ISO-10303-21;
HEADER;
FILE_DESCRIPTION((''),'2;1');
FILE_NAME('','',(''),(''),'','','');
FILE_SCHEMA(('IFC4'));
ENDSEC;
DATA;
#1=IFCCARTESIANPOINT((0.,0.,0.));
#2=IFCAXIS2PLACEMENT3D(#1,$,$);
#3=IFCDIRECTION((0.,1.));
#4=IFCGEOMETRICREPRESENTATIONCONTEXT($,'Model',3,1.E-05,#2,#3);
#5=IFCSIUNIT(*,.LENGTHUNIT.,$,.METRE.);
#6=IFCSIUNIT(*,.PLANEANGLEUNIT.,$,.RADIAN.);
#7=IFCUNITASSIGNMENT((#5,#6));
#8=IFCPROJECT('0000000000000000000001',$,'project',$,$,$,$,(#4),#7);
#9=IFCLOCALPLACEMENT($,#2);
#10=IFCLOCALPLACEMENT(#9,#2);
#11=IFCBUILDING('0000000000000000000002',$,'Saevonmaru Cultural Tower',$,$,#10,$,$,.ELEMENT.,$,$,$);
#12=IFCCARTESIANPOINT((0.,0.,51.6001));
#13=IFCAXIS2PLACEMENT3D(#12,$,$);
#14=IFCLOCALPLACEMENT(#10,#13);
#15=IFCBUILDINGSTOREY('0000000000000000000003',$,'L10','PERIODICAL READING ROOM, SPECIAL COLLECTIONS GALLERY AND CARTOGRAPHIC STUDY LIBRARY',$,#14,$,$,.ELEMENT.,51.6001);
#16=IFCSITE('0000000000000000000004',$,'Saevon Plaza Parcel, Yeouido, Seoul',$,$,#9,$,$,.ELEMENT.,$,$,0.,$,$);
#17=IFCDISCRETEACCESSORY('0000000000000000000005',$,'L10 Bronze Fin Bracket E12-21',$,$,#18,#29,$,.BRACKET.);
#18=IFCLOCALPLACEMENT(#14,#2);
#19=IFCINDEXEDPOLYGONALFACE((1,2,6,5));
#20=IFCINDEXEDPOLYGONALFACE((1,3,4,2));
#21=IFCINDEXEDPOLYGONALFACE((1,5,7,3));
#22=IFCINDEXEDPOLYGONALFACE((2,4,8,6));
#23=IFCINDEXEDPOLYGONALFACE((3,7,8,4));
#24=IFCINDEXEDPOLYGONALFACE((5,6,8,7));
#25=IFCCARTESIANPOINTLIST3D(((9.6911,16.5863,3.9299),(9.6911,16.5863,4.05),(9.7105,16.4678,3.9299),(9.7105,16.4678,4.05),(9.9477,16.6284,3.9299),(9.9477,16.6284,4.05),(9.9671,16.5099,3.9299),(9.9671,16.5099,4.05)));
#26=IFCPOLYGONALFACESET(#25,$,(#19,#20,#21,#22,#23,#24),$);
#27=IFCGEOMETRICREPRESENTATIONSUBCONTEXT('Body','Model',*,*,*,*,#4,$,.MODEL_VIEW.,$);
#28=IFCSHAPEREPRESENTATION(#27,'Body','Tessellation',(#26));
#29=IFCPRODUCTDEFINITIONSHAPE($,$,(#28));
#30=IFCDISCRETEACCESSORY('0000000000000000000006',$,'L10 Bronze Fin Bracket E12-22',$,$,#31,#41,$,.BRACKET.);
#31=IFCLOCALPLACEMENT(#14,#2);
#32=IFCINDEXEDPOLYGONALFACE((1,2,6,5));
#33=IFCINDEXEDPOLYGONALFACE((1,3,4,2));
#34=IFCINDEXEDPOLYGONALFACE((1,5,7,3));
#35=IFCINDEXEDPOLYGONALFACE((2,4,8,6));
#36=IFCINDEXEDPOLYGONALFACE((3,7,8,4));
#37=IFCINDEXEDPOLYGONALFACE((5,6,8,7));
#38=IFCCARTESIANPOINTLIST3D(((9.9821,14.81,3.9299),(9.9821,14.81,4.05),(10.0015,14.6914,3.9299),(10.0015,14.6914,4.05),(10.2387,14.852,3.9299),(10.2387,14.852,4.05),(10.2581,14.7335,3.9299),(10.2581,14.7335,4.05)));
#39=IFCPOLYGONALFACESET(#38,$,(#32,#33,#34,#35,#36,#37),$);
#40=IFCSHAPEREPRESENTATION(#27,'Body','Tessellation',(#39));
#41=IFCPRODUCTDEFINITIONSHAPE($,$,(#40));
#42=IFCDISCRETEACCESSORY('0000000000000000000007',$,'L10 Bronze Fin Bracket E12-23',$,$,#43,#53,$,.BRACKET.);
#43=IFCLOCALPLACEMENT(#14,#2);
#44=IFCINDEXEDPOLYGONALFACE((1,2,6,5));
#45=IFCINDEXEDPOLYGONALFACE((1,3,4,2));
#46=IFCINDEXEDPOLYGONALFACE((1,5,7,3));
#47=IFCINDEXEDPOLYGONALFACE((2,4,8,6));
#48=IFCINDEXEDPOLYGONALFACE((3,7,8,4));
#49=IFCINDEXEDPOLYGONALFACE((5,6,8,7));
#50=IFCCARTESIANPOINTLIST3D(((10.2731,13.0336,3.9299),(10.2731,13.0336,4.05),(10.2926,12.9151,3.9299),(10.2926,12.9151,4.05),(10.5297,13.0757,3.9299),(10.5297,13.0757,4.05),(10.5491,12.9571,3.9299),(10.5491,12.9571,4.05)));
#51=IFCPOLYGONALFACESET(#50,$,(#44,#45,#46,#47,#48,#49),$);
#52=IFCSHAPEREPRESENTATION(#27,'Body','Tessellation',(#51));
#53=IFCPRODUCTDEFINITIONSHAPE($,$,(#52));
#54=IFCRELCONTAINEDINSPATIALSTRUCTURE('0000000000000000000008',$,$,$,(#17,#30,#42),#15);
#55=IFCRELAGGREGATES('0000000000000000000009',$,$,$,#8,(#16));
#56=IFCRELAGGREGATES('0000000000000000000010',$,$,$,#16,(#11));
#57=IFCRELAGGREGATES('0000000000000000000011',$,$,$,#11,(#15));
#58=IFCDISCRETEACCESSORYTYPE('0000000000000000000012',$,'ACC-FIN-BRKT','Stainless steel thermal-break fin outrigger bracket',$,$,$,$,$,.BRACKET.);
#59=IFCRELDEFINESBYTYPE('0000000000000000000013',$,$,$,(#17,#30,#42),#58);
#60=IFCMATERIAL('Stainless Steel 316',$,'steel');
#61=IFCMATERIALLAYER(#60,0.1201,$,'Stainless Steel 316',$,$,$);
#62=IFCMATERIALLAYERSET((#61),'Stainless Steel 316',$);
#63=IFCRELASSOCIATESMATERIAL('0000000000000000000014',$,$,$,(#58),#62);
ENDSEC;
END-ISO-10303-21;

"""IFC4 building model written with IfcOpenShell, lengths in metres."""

from ifc_helpers import new_model, si_unit, direction, frame, origin, origin_2d, place, context, subcontext, project, spatial, rectangle, extrude, material, layer, layer_set, type_object, element, save


model = new_model("IFC4")

# Units and contexts
model_context = context("Model", 3, precision=1e-05, world=origin(), true_north=direction((0.0, 1.0)))
body_context = subcontext(model_context, "Body", "Model", "MODEL_VIEW")
ifc_project = project(units=[si_unit("LENGTHUNIT", "METRE"), si_unit("PLANEANGLEUNIT", "RADIAN")], contexts=[model_context])

# Site, building, storey
site_placement = place(None, origin())
site = spatial("IfcSite", under=ifc_project, at=site_placement, Name="Saevon Plaza Parcel, Yeouido, Seoul", CompositionType="ELEMENT", RefElevation=0.0)
building_placement = place(site_placement, origin())
building = spatial("IfcBuilding", under=site, at=building_placement, Name="Saevonmaru Cultural Tower", CompositionType="ELEMENT")
storey_placement = place(building_placement, frame((0.0, 0.0, 51.6001)))
storey = spatial("IfcBuildingStorey", under=building, at=storey_placement, Name="L10", Description="PERIODICAL READING ROOM, SPECIAL COLLECTIONS GALLERY AND CARTOGRAPHIC STUDY LIBRARY", CompositionType="ELEMENT", Elevation=51.6001)

# Discrete accessories
ifc_material_1 = material(Name="Stainless Steel 316", Category="steel")
ifc_layer_1 = layer(ifc_material_1, 0.1201, Name="Stainless Steel 316")
ifc_layer_set_1 = layer_set([ifc_layer_1], Name="Stainless Steel 316")
discrete_accessory_type = type_object("IfcDiscreteAccessoryType", Name="ACC-FIN-BRKT", Description="Stainless steel thermal-break fin outrigger bracket", PredefinedType="BRACKET", material=ifc_layer_set_1)
for number, where, z_axis, x_axis, name in (
    (1, (9.8291, 16.5481, 3.9299), (0.0, 0.0, 1.0), (-0.986827, -0.161776, 0.0), "L10 Bronze Fin Bracket E12-21"),
    (2, (10.1201, 14.7717, 3.9299), (0.0, 0.0, 1.0), (-0.986827, -0.161776, 0.0), "L10 Bronze Fin Bracket E12-22"),
    (3, (10.4111, 12.9954, 3.9299), (0.0, 0.0, 1.0), (-0.986827, -0.161776, 0.0), "L10 Bronze Fin Bracket E12-23"),
):
    element("IfcDiscreteAccessory", number, at=place(storey_placement, frame(where, z_axis=z_axis, x_axis=x_axis)), inside=storey, type_object=discrete_accessory_type, Name=name, PredefinedType="BRACKET", context=body_context, shape_type="SweptSolid", body=[
        extrude(rectangle(XDim=0.26, YDim=0.1201, at=origin_2d()), origin(), (0.0, 0.0, 1.0), 0.1201),
    ])

save(model, "model.ifc")
